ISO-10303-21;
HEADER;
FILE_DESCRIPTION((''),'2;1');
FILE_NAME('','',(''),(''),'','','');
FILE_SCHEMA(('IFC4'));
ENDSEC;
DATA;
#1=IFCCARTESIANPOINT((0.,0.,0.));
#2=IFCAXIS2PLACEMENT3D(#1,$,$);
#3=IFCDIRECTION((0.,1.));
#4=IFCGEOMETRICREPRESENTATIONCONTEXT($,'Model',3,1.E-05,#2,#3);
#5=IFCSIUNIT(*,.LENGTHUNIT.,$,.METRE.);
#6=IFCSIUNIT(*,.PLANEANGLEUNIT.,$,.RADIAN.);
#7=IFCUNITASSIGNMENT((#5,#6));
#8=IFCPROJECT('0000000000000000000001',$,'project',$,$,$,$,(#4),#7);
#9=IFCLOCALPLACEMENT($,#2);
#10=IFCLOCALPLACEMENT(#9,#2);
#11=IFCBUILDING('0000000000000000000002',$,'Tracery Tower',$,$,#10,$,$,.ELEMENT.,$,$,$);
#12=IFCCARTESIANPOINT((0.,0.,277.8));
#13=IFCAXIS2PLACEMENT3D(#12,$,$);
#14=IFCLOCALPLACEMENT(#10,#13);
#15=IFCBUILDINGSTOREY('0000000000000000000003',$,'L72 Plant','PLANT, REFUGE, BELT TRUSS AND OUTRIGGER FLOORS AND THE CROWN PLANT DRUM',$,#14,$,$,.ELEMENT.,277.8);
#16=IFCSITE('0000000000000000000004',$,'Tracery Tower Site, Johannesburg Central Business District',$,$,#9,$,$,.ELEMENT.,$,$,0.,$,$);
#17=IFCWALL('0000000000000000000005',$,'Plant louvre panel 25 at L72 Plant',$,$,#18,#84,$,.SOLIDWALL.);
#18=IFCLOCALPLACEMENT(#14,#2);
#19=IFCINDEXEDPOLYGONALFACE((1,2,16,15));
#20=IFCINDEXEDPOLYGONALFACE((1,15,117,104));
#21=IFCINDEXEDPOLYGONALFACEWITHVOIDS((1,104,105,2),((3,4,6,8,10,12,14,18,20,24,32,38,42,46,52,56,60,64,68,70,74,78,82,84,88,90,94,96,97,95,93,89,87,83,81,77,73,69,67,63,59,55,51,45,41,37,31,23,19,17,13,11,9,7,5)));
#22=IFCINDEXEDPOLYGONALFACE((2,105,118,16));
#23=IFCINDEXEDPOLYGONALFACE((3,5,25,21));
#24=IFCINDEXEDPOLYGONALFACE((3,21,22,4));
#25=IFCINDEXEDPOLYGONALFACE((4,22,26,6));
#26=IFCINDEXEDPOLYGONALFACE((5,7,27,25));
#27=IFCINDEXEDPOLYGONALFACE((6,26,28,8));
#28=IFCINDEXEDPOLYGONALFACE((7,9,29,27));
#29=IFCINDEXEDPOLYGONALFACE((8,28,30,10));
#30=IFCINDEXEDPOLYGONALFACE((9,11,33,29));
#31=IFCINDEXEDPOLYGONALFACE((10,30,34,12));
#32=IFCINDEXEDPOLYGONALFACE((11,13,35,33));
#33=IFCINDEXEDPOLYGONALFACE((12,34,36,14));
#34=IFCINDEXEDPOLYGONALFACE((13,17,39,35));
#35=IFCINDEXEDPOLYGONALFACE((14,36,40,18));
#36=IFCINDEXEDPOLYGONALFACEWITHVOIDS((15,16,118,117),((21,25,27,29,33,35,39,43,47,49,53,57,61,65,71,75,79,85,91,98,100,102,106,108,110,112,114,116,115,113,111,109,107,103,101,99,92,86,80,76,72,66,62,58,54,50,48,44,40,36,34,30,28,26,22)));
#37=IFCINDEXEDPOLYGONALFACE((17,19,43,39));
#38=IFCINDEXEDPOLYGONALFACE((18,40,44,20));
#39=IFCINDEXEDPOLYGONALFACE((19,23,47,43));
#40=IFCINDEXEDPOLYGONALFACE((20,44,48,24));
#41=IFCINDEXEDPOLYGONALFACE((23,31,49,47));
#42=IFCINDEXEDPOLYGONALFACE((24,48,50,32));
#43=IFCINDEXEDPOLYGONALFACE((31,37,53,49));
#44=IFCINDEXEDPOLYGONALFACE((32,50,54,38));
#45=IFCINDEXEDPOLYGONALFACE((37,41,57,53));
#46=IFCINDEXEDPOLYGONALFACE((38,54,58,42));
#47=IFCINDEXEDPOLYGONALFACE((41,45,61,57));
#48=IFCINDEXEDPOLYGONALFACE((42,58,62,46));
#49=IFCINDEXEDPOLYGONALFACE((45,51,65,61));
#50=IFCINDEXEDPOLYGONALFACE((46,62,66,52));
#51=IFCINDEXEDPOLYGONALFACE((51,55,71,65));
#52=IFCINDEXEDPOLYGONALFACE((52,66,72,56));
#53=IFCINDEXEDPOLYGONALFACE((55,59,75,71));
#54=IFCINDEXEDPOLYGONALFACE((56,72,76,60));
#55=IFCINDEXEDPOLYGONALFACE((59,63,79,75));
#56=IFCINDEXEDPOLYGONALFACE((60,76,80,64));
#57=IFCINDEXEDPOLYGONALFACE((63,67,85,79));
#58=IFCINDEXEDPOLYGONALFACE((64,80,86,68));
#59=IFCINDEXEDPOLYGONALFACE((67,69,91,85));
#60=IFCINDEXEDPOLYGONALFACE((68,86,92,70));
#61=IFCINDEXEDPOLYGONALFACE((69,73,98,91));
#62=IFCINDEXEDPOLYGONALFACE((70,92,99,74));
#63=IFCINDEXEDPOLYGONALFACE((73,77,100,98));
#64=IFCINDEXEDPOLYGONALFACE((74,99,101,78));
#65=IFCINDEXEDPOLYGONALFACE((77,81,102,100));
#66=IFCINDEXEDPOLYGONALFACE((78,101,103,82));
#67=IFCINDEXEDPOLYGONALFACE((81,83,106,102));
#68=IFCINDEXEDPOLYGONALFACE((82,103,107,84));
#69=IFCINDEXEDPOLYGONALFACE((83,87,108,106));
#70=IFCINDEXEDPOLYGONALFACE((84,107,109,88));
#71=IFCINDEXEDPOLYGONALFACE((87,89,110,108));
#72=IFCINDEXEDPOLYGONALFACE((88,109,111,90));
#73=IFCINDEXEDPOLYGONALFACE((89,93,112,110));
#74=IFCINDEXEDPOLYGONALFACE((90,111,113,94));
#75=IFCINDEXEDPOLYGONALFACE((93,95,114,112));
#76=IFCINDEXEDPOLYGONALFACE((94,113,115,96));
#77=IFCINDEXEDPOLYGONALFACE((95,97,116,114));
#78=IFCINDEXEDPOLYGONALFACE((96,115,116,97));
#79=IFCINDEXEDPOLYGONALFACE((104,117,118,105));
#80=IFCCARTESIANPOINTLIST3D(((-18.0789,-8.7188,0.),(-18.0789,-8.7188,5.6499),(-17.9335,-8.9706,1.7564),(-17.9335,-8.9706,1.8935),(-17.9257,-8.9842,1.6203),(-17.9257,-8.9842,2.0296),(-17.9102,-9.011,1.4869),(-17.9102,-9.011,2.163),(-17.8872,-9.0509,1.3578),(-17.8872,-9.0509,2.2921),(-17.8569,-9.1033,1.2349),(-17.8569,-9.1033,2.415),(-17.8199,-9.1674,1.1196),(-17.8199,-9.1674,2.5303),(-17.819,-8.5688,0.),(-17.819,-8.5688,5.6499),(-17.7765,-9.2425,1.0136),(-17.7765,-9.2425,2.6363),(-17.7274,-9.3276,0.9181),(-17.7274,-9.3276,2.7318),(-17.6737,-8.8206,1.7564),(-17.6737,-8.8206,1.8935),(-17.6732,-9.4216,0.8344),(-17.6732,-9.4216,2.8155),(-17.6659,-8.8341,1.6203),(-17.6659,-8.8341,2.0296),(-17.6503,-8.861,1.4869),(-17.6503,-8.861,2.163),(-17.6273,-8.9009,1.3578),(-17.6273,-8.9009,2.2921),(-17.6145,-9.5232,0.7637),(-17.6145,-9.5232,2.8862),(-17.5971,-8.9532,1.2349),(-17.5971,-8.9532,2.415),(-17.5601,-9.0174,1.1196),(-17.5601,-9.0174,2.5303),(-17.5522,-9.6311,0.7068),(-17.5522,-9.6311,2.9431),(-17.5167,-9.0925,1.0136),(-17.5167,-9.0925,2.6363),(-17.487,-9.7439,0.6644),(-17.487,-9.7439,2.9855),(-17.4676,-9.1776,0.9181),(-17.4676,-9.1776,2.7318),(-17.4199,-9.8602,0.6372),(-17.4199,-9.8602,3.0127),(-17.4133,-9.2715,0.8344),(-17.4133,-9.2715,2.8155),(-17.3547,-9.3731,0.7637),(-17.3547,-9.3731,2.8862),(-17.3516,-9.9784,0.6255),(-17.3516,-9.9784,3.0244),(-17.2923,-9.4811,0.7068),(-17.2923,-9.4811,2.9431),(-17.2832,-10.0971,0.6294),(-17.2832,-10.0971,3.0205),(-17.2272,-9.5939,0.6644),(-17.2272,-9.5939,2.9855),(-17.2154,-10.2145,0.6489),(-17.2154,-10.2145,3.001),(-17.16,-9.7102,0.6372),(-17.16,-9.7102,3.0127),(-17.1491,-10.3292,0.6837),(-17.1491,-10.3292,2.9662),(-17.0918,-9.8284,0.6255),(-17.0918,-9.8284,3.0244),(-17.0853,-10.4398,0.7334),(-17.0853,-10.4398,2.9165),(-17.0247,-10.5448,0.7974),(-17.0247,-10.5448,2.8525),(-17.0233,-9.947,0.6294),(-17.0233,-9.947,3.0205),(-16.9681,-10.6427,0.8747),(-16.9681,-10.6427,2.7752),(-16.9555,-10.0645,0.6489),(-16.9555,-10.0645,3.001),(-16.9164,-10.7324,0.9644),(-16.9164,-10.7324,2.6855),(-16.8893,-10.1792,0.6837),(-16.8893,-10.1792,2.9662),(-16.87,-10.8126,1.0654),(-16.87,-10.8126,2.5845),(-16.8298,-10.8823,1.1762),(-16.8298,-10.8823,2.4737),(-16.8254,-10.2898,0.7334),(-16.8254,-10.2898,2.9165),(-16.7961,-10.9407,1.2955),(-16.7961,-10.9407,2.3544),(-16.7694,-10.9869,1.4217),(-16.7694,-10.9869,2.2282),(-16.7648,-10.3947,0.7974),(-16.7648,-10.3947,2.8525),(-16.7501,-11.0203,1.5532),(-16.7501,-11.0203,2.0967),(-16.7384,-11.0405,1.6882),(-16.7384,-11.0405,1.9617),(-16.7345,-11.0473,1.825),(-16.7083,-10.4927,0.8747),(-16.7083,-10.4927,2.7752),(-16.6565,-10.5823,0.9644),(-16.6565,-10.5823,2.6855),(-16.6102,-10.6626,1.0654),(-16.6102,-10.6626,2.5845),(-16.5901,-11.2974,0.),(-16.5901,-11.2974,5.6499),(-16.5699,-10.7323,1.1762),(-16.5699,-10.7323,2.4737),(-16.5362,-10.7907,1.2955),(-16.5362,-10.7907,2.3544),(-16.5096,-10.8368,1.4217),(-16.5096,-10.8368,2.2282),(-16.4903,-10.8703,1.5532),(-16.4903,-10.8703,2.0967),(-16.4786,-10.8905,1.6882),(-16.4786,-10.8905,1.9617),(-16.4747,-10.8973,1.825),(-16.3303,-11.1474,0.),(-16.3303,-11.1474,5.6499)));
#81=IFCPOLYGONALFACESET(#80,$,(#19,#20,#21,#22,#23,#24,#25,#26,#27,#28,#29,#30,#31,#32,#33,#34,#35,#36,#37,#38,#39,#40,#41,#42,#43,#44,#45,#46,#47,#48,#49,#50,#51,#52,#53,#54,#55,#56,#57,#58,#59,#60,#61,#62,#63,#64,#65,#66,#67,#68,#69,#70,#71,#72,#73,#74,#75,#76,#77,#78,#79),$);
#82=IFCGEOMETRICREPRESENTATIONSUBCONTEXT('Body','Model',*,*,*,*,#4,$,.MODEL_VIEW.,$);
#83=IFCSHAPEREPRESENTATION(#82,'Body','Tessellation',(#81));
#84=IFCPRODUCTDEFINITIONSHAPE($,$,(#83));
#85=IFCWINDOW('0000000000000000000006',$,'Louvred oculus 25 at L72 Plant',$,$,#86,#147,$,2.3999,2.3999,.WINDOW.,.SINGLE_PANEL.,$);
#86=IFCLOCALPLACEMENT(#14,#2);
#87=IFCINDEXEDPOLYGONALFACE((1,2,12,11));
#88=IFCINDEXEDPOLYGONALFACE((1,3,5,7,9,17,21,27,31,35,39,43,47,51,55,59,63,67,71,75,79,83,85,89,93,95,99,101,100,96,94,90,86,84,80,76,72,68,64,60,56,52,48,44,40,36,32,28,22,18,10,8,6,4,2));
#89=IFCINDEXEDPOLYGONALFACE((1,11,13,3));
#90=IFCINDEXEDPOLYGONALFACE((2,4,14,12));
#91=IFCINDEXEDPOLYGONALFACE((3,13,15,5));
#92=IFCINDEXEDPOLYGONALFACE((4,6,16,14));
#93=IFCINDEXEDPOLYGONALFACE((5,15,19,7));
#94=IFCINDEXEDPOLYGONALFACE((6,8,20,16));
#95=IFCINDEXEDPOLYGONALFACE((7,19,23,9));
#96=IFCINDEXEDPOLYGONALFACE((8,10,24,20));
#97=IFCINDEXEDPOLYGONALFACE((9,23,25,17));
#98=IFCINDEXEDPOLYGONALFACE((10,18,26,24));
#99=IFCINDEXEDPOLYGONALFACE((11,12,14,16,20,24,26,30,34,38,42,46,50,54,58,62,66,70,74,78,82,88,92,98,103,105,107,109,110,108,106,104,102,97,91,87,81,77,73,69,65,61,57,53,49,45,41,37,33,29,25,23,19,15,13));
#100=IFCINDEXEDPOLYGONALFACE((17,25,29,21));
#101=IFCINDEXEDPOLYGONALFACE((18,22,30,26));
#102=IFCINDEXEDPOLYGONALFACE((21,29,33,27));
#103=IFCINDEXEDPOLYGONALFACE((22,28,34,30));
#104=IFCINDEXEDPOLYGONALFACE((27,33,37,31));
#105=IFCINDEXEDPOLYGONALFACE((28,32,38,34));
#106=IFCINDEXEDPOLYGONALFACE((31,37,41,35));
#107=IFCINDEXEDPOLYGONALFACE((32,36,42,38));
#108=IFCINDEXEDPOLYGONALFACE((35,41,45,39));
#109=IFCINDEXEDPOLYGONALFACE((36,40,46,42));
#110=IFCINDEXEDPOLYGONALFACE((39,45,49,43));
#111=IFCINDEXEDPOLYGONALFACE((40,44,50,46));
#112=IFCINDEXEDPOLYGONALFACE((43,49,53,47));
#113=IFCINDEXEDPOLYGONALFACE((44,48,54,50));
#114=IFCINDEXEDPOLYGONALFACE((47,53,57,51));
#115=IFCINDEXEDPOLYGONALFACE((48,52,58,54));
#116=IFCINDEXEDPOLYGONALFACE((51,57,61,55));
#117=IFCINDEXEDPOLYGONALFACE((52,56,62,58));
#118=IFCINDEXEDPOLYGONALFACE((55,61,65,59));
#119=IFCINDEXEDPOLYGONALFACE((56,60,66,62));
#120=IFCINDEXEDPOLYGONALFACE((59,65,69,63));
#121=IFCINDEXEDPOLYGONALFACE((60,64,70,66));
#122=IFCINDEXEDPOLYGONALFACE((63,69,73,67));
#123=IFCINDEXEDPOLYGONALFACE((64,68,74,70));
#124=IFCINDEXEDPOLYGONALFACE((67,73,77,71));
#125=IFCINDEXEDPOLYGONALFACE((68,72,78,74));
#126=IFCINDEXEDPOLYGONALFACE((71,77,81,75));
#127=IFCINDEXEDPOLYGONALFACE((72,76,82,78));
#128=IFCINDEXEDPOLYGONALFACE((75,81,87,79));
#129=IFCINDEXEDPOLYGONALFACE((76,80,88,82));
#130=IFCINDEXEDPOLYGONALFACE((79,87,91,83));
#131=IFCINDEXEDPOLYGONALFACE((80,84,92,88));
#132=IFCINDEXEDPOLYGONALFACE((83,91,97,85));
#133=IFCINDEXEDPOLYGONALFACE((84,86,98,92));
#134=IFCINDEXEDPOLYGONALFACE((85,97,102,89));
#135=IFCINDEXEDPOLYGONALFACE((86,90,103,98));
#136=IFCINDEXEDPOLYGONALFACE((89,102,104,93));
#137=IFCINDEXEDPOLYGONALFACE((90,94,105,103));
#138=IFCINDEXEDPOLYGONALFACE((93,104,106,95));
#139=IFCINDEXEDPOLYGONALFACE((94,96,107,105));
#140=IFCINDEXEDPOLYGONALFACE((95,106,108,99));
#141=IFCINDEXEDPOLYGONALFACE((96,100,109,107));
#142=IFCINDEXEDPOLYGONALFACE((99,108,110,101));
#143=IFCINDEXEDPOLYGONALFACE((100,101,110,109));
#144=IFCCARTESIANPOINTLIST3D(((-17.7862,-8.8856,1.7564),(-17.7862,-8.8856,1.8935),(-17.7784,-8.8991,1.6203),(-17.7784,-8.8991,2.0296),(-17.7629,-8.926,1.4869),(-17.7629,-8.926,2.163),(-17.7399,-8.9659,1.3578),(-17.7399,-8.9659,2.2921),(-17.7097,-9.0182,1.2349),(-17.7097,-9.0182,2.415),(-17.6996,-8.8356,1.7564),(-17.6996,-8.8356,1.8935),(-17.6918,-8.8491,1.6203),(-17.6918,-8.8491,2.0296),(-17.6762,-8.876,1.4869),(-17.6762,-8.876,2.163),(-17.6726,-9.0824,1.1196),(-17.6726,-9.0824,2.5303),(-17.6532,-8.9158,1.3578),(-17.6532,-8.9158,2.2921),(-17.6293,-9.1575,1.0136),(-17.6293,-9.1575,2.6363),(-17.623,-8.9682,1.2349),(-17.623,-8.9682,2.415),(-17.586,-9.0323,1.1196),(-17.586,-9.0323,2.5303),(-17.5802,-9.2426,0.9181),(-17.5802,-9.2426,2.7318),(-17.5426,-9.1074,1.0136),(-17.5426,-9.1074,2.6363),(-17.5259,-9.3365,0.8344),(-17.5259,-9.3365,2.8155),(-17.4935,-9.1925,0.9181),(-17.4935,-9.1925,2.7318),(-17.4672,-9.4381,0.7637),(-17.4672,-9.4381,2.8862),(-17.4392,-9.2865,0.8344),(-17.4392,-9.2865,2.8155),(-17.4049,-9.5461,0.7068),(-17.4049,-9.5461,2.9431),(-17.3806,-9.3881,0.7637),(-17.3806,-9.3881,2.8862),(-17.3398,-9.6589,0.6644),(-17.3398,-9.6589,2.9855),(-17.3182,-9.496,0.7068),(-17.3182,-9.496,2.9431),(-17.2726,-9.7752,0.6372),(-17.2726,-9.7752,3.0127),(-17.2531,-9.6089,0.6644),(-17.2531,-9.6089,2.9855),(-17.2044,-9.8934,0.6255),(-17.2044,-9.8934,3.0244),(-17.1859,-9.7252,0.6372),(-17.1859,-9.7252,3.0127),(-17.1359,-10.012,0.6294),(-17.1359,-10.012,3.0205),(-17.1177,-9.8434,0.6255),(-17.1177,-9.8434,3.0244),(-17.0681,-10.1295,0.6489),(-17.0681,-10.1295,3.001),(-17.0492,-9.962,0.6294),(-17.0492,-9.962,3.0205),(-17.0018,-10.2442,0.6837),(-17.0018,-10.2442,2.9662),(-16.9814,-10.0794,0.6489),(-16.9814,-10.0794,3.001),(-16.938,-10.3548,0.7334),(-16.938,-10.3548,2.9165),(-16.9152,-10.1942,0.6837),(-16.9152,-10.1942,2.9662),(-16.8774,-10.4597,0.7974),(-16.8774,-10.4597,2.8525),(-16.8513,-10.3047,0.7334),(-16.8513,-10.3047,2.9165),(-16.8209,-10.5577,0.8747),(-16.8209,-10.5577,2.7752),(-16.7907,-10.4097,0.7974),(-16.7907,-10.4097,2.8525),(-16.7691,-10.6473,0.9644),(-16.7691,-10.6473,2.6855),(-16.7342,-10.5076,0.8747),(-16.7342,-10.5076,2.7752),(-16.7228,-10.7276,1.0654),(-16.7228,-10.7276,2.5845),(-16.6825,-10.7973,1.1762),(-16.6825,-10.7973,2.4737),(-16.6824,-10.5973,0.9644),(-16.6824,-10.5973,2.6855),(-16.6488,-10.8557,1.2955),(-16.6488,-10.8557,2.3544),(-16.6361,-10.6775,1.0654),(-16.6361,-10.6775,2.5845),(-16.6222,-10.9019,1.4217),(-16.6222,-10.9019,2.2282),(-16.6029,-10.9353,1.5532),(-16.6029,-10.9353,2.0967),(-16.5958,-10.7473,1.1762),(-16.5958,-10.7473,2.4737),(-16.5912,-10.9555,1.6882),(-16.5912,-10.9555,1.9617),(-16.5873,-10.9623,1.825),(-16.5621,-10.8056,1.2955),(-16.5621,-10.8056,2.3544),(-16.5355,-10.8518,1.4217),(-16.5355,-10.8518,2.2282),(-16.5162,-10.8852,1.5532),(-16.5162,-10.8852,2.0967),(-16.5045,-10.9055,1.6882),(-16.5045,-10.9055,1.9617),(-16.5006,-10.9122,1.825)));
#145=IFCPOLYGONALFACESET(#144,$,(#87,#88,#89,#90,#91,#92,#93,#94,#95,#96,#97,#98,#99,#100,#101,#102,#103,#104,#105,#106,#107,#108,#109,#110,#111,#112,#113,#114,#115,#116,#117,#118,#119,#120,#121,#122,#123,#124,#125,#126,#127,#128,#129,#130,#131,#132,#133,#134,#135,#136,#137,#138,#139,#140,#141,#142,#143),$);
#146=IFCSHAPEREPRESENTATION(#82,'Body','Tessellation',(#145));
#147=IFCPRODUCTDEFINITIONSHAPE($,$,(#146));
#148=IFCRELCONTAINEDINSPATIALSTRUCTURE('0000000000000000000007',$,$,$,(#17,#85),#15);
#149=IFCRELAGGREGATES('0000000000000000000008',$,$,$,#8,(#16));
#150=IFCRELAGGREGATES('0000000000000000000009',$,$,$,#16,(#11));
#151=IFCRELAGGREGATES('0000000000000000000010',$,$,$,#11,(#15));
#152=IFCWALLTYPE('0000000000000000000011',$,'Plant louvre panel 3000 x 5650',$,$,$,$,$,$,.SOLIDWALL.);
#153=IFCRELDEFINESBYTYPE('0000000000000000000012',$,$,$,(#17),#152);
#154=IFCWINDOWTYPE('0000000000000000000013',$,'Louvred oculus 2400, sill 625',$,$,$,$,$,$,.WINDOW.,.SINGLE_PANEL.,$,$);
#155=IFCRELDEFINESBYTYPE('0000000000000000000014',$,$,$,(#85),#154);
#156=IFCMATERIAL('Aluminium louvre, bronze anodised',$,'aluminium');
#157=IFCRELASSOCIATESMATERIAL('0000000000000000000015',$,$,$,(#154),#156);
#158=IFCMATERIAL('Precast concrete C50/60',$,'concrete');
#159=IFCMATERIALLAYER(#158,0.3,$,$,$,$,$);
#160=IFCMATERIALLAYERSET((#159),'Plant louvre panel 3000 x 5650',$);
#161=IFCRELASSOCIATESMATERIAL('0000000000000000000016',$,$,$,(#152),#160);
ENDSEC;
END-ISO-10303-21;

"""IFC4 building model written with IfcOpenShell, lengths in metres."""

from ifc_helpers import new_model, si_unit, direction, frame, frame_2d, origin, origin_2d, place, context, subcontext, project, spatial, rectangle, circle, extrude, material, layer, layer_set, type_object, element, fill, save


model = new_model("IFC4")

# Units and contexts
model_context = context("Model", 3, precision=1e-05, world=origin(), true_north=direction((0.0, 1.0)))
body_context = subcontext(model_context, "Body", "Model", "MODEL_VIEW")
ifc_project = project(units=[si_unit("LENGTHUNIT", "METRE"), si_unit("PLANEANGLEUNIT", "RADIAN")], contexts=[model_context])

# Site, building, storey
site_placement = place(None, origin())
site = spatial("IfcSite", under=ifc_project, at=site_placement, Name="Tracery Tower Site, Johannesburg Central Business District", CompositionType="ELEMENT", RefElevation=0.0)
building_placement = place(site_placement, origin())
building = spatial("IfcBuilding", under=site, at=building_placement, Name="Tracery Tower", CompositionType="ELEMENT")
storey_placement = place(building_placement, frame((0.0, 0.0, 277.8)))
storey = spatial("IfcBuildingStorey", under=building, at=storey_placement, Name="L72 Plant", Description="PLANT, REFUGE, BELT TRUSS AND OUTRIGGER FLOORS AND THE CROWN PLANT DRUM", CompositionType="ELEMENT", Elevation=277.8)

# Wall, opening, window
ifc_material_1 = material(Name="Aluminium louvre, bronze anodised", Category="aluminium")
window_type = type_object("IfcWindowType", Name="Louvred oculus 2400, sill 625", PartitioningType="SINGLE_PANEL", PredefinedType="WINDOW", material=ifc_material_1)
ifc_material_2 = material(Name="Precast concrete C50/60", Category="concrete")
ifc_layer_1 = layer(ifc_material_2, 0.3)
ifc_layer_set_1 = layer_set([ifc_layer_1], Name="Plant louvre panel 3000 x 5650")
wall_type_1 = type_object("IfcWallType", Name="Plant louvre panel 3000 x 5650", PredefinedType="SOLIDWALL", material=ifc_layer_set_1)
wall_1_placement = place(storey_placement, frame((-17.949, -8.6438, 0.0), z_axis=(0.0, 0.0, 1.0), x_axis=(0.500002, -0.866024, 0.0)))
wall_1 = element("IfcWall", 1, at=wall_1_placement, inside=storey, type_object=wall_type_1, Name="Plant louvre panel 25 at L72 Plant", PredefinedType="SOLIDWALL", context=body_context, shape_type="SweptSolid", body=[
    extrude(rectangle(XDim=2.9775, YDim=0.3, at=frame_2d((1.4888, 0.0))), origin(), (0.0, 0.0, 1.0), 5.6499),
])
opening_1_placement = place(wall_1_placement, frame((1.4888, 0.0, 1.825)))
opening_1 = element("IfcOpeningElement", 2, at=opening_1_placement, cuts=wall_1, PredefinedType="OPENING", context=body_context, shape_type="SweptSolid", body=[
    extrude(circle(Radius=1.2, at=origin_2d()), frame((0.0, 0.1599, 0.0), z_axis=(0.0, -1.0, 0.0), x_axis=(1.0, 0.0, 0.0)), (0.0, 0.0, 1.0), 0.3201),
])
window_1_placement = place(opening_1_placement, origin())
window_1 = element("IfcWindow", 3, at=window_1_placement, inside=storey, type_object=window_type, Name="Louvred oculus 25 at L72 Plant", OverallHeight=2.3999, OverallWidth=2.3999, PartitioningType="SINGLE_PANEL", PredefinedType="WINDOW", context=body_context, shape_type="SweptSolid", body=[
    extrude(circle(Radius=1.2, at=origin_2d()), frame((0.0, 0.1201, 0.0), z_axis=(0.0, -1.0, 0.0), x_axis=(1.0, 0.0, 0.0)), (0.0, 0.0, 1.0), 0.1001),
])
fill(opening_1, window_1)

save(model, "model.ifc")
